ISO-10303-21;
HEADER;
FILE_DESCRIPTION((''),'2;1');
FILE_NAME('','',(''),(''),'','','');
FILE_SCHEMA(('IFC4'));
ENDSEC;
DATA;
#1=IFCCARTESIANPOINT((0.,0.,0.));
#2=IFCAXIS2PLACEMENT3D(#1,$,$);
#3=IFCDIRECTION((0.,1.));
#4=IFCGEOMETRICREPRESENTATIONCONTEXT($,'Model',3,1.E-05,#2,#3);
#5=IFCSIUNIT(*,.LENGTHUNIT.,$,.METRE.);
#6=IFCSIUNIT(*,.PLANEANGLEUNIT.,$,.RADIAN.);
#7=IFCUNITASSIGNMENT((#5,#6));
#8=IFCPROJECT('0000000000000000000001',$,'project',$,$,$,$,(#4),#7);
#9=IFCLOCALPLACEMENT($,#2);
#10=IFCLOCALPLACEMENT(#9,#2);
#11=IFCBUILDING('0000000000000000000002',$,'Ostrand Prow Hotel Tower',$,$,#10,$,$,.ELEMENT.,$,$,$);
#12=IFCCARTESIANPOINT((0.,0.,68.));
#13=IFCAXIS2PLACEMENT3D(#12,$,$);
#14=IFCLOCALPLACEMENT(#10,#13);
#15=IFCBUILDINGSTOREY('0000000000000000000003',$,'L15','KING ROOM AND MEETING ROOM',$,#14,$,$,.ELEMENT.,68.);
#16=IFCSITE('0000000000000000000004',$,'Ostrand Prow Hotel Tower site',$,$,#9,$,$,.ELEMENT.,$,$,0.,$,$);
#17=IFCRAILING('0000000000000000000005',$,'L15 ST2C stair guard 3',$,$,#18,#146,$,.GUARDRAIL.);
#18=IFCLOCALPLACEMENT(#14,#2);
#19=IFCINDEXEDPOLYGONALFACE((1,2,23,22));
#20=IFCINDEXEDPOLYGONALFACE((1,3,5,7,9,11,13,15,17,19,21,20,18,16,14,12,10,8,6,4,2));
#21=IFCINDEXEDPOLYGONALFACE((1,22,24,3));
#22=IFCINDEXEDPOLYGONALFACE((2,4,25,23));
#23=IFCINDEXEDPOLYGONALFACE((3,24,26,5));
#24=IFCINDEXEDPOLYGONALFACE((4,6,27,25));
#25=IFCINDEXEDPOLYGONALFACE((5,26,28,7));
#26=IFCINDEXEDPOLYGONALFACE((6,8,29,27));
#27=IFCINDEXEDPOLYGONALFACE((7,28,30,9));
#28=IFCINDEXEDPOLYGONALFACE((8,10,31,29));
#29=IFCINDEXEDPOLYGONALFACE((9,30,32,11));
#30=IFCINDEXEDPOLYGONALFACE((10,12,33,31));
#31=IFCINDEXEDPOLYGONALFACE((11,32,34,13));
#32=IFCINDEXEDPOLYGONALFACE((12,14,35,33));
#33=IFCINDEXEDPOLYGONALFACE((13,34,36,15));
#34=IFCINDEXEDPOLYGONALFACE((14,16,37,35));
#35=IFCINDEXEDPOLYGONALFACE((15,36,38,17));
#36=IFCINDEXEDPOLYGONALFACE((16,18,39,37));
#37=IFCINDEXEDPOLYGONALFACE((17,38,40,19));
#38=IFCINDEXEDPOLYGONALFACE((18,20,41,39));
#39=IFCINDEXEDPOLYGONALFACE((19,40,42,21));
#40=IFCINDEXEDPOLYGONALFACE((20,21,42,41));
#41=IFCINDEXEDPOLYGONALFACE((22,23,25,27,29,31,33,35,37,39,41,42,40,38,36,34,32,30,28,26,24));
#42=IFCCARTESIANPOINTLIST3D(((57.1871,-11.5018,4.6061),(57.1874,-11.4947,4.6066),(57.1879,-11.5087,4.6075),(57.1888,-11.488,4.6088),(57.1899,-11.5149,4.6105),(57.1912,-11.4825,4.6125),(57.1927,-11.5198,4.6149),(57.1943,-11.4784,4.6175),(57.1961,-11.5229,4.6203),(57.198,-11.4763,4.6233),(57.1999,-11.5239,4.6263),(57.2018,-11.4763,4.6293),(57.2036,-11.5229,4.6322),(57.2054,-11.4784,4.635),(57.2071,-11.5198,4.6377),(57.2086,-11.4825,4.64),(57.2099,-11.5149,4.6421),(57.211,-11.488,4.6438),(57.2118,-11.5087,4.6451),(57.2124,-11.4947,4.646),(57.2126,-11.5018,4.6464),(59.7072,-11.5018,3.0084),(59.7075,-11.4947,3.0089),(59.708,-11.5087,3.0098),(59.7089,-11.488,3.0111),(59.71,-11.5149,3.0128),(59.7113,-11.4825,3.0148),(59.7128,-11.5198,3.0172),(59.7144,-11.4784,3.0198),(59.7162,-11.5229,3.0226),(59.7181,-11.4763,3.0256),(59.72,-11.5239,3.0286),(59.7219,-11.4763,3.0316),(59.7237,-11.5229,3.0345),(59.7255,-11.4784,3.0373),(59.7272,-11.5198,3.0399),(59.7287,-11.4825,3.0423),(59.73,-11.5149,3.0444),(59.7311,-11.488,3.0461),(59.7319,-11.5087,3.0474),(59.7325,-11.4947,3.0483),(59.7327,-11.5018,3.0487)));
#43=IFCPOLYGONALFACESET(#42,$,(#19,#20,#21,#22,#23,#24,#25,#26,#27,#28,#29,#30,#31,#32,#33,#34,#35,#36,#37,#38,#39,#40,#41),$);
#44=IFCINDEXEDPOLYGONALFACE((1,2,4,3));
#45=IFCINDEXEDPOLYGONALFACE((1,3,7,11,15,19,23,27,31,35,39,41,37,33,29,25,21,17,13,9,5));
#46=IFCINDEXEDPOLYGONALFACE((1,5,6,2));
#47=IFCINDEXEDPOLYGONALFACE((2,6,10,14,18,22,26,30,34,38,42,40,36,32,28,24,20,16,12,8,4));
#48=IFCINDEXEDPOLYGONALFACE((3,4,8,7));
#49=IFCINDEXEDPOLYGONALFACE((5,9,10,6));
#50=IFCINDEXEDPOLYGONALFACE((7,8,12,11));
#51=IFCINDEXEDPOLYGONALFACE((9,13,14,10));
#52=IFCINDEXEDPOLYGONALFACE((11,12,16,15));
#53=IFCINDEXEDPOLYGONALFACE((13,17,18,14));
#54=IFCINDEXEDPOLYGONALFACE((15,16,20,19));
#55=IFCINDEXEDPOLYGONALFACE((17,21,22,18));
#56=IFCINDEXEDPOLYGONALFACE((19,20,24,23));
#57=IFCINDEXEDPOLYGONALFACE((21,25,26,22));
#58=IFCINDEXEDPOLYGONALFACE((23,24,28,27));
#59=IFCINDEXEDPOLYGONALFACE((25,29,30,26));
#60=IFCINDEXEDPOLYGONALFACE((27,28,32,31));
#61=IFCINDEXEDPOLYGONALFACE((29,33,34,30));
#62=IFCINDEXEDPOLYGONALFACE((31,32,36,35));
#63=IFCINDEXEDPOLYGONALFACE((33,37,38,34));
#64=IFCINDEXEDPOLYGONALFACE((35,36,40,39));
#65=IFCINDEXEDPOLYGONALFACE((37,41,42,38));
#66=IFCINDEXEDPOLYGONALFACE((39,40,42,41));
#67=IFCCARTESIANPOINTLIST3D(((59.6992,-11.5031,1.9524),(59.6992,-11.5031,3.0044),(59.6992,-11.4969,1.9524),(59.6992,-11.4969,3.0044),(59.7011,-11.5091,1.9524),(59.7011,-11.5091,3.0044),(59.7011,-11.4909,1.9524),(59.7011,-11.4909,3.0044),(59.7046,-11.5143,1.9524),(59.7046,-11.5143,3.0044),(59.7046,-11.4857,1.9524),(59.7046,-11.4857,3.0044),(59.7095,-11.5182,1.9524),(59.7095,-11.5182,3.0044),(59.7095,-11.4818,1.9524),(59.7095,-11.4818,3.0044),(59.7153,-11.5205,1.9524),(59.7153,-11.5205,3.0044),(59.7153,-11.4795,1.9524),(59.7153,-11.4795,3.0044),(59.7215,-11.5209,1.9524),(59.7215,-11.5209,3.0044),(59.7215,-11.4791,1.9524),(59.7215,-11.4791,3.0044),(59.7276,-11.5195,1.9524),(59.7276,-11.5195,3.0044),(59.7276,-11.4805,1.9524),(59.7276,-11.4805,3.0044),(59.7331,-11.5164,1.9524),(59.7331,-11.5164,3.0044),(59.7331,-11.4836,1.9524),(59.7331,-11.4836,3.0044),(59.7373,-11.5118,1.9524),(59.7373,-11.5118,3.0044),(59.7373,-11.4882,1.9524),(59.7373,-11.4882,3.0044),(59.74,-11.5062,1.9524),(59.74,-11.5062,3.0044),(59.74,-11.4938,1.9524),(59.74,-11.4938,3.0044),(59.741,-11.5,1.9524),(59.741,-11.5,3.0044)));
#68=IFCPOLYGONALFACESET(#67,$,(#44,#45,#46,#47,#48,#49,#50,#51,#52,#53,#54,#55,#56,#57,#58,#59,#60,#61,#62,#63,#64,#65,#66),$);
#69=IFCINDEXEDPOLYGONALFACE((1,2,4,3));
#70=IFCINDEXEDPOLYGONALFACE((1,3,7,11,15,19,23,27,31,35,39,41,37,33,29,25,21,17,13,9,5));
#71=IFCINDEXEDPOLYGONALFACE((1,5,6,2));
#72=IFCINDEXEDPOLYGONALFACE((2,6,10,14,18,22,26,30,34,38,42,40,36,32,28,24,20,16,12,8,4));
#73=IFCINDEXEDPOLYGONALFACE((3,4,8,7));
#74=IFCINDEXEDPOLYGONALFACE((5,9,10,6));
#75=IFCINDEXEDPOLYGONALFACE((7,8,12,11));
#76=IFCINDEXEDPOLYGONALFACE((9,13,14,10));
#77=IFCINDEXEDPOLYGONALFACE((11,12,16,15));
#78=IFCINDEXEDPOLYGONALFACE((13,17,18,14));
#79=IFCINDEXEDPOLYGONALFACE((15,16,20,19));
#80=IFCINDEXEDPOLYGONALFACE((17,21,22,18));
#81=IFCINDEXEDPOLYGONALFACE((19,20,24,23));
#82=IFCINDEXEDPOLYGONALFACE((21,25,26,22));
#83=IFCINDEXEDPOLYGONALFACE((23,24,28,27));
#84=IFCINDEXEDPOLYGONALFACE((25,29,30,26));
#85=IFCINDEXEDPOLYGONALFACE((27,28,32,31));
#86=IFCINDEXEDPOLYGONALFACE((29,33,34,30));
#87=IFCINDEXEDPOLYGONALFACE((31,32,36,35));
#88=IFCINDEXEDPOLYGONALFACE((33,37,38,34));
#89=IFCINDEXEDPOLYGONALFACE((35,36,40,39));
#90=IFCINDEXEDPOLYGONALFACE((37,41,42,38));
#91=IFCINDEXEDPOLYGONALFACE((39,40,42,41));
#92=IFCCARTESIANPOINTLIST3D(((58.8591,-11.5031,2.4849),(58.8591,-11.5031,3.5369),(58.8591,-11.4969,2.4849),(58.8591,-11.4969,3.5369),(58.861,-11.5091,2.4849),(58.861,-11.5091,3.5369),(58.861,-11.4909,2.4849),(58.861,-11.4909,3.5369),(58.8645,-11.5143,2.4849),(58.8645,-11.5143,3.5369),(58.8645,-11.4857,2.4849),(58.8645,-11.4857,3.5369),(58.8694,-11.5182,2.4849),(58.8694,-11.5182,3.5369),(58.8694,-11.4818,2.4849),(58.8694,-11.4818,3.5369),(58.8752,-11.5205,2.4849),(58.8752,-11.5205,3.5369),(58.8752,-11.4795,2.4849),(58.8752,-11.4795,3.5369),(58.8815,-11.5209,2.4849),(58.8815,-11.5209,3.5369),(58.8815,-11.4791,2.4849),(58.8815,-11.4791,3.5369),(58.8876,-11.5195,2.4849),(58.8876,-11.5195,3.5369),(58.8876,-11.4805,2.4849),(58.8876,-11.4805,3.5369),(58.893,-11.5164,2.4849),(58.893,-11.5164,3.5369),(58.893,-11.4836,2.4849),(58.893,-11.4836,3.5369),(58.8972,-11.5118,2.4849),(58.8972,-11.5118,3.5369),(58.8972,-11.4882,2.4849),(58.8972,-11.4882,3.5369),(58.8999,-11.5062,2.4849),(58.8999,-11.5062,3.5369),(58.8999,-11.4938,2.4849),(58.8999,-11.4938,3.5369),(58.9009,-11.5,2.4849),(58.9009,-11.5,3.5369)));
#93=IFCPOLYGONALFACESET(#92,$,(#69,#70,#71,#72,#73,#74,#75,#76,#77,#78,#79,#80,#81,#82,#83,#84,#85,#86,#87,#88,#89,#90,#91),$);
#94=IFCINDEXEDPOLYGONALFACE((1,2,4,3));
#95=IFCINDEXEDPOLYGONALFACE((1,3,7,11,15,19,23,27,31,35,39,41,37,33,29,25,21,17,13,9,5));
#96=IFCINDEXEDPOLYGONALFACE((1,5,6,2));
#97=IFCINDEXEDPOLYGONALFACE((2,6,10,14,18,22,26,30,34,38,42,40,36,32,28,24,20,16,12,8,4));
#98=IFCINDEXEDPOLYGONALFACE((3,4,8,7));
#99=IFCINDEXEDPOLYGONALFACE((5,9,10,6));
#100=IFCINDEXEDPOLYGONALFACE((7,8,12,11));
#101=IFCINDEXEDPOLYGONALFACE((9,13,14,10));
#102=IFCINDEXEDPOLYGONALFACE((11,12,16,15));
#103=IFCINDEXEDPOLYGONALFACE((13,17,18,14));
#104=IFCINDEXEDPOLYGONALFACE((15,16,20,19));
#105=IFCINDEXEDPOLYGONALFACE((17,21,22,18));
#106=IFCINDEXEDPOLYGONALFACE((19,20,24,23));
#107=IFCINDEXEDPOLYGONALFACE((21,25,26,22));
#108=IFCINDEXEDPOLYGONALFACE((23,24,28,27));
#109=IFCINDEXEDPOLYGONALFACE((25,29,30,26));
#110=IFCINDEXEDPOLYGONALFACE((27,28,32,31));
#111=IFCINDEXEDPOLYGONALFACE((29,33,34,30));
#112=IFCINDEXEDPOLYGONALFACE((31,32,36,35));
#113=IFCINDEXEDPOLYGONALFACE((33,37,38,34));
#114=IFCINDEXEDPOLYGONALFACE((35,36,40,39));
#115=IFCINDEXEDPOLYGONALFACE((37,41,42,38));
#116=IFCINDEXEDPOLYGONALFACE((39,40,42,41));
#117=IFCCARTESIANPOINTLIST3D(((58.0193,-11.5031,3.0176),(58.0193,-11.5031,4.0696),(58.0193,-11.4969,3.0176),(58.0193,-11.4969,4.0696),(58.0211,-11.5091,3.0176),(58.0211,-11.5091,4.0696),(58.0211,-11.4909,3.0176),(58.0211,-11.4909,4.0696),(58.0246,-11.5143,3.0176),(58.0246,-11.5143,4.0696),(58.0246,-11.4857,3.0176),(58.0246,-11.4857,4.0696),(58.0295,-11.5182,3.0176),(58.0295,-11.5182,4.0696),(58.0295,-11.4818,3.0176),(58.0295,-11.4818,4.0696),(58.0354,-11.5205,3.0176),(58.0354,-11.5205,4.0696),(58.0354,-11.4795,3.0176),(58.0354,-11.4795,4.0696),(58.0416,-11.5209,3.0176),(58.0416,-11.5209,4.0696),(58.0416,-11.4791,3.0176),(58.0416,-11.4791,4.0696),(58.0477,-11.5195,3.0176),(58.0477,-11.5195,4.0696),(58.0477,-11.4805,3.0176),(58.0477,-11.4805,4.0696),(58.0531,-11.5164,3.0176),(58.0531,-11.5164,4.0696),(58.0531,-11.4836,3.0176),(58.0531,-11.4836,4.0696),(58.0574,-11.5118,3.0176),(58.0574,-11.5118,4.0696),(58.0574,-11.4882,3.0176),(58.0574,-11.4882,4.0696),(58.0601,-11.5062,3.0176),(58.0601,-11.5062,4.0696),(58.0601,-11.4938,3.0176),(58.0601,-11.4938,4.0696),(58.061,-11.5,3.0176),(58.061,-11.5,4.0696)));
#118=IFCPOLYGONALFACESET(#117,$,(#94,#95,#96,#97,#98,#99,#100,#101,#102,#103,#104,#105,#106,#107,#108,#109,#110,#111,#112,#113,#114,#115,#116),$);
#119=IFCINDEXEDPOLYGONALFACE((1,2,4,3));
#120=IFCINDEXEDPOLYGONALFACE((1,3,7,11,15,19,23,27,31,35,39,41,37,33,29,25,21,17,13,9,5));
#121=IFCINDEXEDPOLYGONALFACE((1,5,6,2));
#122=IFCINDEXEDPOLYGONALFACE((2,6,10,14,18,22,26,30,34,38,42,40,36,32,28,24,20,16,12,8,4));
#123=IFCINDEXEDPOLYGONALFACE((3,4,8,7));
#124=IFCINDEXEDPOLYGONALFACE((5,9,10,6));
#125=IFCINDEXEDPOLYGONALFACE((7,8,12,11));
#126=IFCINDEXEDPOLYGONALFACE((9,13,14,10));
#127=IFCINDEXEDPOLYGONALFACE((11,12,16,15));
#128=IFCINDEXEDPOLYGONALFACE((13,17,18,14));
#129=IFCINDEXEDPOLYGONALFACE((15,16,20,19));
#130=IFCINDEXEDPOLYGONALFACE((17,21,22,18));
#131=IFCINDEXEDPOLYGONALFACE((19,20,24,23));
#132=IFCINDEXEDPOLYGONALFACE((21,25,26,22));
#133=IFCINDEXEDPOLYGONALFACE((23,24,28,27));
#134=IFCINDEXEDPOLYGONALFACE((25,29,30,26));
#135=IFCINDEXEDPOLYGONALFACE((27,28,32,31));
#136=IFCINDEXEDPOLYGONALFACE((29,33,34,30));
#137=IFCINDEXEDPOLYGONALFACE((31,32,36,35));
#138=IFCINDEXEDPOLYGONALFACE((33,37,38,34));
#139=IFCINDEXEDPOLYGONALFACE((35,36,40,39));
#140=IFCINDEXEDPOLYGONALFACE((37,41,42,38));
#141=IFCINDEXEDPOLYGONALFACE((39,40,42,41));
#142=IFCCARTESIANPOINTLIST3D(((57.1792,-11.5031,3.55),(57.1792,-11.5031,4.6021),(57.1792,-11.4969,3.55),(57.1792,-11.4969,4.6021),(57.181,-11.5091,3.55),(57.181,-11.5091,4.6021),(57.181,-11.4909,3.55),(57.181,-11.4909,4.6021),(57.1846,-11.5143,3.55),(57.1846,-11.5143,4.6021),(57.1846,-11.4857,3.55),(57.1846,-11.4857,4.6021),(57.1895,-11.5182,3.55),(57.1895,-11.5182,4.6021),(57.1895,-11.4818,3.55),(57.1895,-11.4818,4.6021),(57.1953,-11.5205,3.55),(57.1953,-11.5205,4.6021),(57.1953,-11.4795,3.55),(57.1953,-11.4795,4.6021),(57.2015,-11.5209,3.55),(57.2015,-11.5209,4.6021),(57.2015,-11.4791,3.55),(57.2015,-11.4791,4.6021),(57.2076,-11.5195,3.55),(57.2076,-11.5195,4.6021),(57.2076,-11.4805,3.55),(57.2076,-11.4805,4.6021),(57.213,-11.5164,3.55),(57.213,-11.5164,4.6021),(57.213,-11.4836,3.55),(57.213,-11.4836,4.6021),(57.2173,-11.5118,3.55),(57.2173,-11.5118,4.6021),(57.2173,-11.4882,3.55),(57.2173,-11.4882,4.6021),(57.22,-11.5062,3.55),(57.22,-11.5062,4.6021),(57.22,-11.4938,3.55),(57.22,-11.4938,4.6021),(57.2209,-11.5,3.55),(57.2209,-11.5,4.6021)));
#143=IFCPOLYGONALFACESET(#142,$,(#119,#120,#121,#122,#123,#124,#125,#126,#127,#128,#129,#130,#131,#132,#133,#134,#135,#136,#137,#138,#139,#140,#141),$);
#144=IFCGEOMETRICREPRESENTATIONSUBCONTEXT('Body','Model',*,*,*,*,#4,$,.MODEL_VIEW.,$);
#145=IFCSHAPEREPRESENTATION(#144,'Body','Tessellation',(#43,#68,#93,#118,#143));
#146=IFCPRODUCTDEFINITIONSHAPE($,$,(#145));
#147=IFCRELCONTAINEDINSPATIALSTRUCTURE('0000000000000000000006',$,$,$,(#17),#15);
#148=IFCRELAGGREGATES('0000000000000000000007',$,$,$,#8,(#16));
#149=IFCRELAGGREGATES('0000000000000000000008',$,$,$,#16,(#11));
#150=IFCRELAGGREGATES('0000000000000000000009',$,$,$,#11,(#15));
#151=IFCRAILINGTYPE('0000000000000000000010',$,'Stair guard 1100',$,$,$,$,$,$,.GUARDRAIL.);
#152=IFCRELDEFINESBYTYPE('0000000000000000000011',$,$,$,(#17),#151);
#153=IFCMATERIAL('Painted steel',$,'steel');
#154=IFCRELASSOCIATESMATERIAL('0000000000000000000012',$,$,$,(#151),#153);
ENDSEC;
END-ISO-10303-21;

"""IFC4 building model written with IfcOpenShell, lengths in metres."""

from ifc_helpers import new_model, si_unit, direction, frame, origin, origin_2d, place, context, subcontext, project, spatial, circle, extrude, material, type_object, element, save


model = new_model("IFC4")

# Units and contexts
model_context = context("Model", 3, precision=1e-05, world=origin(), true_north=direction((0.0, 1.0)))
body_context = subcontext(model_context, "Body", "Model", "MODEL_VIEW")
ifc_project = project(units=[si_unit("LENGTHUNIT", "METRE"), si_unit("PLANEANGLEUNIT", "RADIAN")], contexts=[model_context])

# Site, building, storey
site_placement = place(None, origin())
site = spatial("IfcSite", under=ifc_project, at=site_placement, Name="Ostrand Prow Hotel Tower site", CompositionType="ELEMENT", RefElevation=0.0)
building_placement = place(site_placement, origin())
building = spatial("IfcBuilding", under=site, at=building_placement, Name="Ostrand Prow Hotel Tower", CompositionType="ELEMENT")
storey_placement = place(building_placement, frame((0.0, 0.0, 68.0)))
storey = spatial("IfcBuildingStorey", under=building, at=storey_placement, Name="L15", Description="KING ROOM AND MEETING ROOM", CompositionType="ELEMENT", Elevation=68.0)

# Railing
ifc_material_1 = material(Name="Painted steel", Category="steel")
railing_type_1 = type_object("IfcRailingType", Name="Stair guard 1100", PredefinedType="GUARDRAIL", material=ifc_material_1)
railing_1_placement = place(storey_placement, frame((59.72, -11.5, 1.9524)))
element("IfcRailing", 1, at=railing_1_placement, inside=storey, type_object=railing_type_1, Name="L15 ST2C stair guard 3", PredefinedType="GUARDRAIL", context=body_context, shape_type="SweptSolid", body=[
    extrude(circle(Radius=0.0239, at=origin_2d()), frame((0.0, 0.0, 1.0762), z_axis=(-0.84457, 0.0, 0.535445), x_axis=(0.0, -1.0, 0.0)), (0.0, 0.0, 1.0), 2.9839),
    extrude(circle(Radius=0.021, at=origin_2d()), origin(), (0.0, 0.0, 1.0), 1.052),
    extrude(circle(Radius=0.021, at=origin_2d()), frame((-0.8401, 0.0, 0.5325)), (0.0, 0.0, 1.0), 1.052),
    extrude(circle(Radius=0.021, at=origin_2d()), frame((-1.6799, 0.0, 1.0652)), (0.0, 0.0, 1.0), 1.052),
    extrude(circle(Radius=0.021, at=origin_2d()), frame((-2.52, 0.0, 1.5977)), (0.0, 0.0, 1.0), 1.052),
])

save(model, "model.ifc")
